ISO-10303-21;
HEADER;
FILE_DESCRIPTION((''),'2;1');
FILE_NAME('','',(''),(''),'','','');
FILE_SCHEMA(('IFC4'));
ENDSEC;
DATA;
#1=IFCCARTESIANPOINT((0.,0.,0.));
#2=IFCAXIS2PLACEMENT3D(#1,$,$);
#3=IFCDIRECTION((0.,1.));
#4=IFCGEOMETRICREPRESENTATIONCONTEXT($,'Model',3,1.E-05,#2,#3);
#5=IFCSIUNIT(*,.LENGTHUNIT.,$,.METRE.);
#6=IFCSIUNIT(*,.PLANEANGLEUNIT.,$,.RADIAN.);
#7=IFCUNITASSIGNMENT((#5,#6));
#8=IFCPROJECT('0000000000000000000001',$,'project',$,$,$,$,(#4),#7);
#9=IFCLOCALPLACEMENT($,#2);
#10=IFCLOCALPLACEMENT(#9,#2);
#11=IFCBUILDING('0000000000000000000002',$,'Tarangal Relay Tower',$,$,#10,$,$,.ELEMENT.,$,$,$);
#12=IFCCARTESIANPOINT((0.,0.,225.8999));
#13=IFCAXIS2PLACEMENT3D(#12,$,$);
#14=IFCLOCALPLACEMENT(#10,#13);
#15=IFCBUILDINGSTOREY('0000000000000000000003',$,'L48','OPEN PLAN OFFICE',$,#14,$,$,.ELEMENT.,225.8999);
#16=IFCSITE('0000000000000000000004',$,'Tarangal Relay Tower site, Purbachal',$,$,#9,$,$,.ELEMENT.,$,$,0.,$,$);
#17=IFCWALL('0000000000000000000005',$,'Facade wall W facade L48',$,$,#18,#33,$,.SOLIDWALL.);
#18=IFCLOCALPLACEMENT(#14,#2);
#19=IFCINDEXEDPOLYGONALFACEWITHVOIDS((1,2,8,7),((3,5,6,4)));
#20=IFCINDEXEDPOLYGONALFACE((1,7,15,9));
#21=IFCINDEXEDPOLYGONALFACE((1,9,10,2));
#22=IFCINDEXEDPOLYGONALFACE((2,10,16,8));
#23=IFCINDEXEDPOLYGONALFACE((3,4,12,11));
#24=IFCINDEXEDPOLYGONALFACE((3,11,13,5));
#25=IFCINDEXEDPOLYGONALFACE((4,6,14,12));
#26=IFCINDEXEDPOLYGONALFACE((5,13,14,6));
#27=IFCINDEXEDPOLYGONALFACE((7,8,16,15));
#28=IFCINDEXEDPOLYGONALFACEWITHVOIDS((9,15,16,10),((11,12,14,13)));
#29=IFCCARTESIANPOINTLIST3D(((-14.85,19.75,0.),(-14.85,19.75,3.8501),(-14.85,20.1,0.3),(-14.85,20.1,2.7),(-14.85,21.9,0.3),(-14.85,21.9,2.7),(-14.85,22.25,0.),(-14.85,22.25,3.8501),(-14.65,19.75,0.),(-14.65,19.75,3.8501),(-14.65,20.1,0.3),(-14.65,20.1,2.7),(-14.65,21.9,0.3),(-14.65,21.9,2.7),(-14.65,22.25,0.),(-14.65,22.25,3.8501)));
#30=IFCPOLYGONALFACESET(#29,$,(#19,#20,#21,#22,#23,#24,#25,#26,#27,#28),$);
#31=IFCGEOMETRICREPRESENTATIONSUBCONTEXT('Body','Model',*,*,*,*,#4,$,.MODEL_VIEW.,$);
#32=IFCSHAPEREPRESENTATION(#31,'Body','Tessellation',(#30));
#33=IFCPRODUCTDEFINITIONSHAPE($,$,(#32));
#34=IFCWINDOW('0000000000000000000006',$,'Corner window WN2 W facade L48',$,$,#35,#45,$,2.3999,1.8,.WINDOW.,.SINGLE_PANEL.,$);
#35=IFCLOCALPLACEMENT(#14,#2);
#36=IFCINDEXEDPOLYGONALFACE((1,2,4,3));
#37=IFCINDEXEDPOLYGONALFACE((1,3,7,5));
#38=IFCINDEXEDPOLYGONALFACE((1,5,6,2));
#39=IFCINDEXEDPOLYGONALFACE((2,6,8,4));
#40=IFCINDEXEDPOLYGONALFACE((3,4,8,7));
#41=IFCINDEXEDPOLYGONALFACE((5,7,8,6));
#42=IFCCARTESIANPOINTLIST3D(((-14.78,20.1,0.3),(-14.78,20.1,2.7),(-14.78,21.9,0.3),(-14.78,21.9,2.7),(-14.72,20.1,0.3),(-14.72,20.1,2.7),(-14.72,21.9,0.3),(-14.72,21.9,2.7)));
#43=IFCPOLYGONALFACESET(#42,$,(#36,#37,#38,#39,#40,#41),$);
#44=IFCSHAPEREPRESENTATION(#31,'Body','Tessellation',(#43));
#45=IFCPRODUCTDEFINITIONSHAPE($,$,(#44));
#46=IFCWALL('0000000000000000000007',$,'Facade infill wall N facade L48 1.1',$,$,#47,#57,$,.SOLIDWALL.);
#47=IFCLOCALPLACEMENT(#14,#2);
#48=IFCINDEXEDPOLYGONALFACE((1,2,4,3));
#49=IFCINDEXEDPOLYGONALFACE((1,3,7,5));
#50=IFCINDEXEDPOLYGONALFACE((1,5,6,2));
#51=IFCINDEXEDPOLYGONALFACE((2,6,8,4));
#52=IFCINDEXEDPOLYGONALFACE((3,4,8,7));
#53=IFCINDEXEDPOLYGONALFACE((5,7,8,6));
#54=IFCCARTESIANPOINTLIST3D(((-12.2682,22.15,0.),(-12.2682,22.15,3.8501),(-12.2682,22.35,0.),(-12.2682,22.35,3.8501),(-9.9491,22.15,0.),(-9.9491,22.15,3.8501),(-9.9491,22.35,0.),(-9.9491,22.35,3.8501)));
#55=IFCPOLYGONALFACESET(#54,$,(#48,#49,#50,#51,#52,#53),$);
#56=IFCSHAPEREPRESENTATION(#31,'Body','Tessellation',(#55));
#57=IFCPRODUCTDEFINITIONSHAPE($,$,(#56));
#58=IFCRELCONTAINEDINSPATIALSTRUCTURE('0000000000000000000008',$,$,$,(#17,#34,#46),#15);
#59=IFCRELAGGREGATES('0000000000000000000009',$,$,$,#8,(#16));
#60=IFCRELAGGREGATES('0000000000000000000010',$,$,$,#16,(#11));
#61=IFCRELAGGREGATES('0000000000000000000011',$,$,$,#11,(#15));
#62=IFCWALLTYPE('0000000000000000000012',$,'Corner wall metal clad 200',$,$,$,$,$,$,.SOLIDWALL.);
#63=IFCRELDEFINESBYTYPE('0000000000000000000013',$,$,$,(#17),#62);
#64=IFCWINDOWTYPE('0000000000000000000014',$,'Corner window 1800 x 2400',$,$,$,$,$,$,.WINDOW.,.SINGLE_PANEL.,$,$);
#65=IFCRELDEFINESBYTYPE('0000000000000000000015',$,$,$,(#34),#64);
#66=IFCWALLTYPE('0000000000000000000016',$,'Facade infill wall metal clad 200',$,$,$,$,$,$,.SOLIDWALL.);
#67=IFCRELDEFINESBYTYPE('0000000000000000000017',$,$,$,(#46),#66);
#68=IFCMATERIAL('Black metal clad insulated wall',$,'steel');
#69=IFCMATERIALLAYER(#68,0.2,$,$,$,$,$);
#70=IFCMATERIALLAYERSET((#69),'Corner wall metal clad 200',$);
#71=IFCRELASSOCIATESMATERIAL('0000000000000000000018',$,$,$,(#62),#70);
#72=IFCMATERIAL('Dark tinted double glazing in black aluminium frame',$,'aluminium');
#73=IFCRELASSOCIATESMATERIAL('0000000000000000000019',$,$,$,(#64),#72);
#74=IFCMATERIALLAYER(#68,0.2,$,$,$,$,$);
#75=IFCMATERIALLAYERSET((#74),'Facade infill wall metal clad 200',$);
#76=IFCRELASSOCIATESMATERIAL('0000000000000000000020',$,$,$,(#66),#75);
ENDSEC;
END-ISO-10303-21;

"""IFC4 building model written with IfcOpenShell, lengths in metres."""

from ifc_helpers import new_model, si_unit, direction, frame, frame_2d, origin, place, context, subcontext, project, spatial, rectangle, extrude, material, layer, layer_set, type_object, element, fill, save


model = new_model("IFC4")

# Units and contexts
model_context = context("Model", 3, precision=1e-05, world=origin(), true_north=direction((0.0, 1.0)))
body_context = subcontext(model_context, "Body", "Model", "MODEL_VIEW")
ifc_project = project(units=[si_unit("LENGTHUNIT", "METRE"), si_unit("PLANEANGLEUNIT", "RADIAN")], contexts=[model_context])

# Site, building, storey
site_placement = place(None, origin())
site = spatial("IfcSite", under=ifc_project, at=site_placement, Name="Tarangal Relay Tower site, Purbachal", CompositionType="ELEMENT", RefElevation=0.0)
building_placement = place(site_placement, origin())
building = spatial("IfcBuilding", under=site, at=building_placement, Name="Tarangal Relay Tower", CompositionType="ELEMENT")
storey_placement = place(building_placement, frame((0.0, 0.0, 225.8999)))
storey = spatial("IfcBuildingStorey", under=building, at=storey_placement, Name="L48", Description="OPEN PLAN OFFICE", CompositionType="ELEMENT", Elevation=225.8999)

# Shared definitions
ifc_material_1 = material(Name="Black metal clad insulated wall", Category="steel")
ifc_layer_1 = layer(ifc_material_1, 0.2)
ifc_layer_set_1 = layer_set([ifc_layer_1], Name="Corner wall metal clad 200")
wall_type_1 = type_object("IfcWallType", Name="Corner wall metal clad 200", PredefinedType="SOLIDWALL", material=ifc_layer_set_1)

# Shared definitions
ifc_material_2 = material(Name="Dark tinted double glazing in black aluminium frame", Category="aluminium")
window_type = type_object("IfcWindowType", Name="Corner window 1800 x 2400", PartitioningType="SINGLE_PANEL", PredefinedType="WINDOW", material=ifc_material_2)

# Wall, opening, window
wall_1_placement = place(storey_placement, frame((-14.75, 19.75, 0.0), z_axis=(0.0, 0.0, 1.0), x_axis=(0.0, 1.0, 0.0)))
wall_1 = element("IfcWall", 1, at=wall_1_placement, inside=storey, type_object=wall_type_1, Name="Facade wall W facade L48", PredefinedType="SOLIDWALL", context=body_context, shape_type="SweptSolid", body=[
    extrude(rectangle(XDim=2.5, YDim=0.2, at=frame_2d((1.25, 0.0))), origin(), (0.0, 0.0, 1.0), 3.8501),
])
opening_1_placement = place(wall_1_placement, frame((0.3501, 0.0, 0.3)))
opening_1 = element("IfcOpeningElement", 2, at=opening_1_placement, cuts=wall_1, PredefinedType="OPENING", context=body_context, shape_type="SweptSolid", body=[
    extrude(rectangle(XDim=1.8, YDim=2.3999, at=frame_2d((0.8999, 1.2))), frame((0.0, 0.1099, 0.0), z_axis=(0.0, -1.0, 0.0), x_axis=(1.0, 0.0, 0.0)), (0.0, 0.0, 1.0), 0.22),
])
window_1_placement = place(opening_1_placement, origin())
window_1 = element("IfcWindow", 3, at=window_1_placement, inside=storey, type_object=window_type, Name="Corner window WN2 W facade L48", OverallHeight=2.3999, OverallWidth=1.8, PartitioningType="SINGLE_PANEL", PredefinedType="WINDOW", context=body_context, shape_type="SweptSolid", body=[
    extrude(rectangle(XDim=1.8, YDim=2.3999, at=frame_2d((0.8999, 1.2))), frame((0.0, 0.03, 0.0), z_axis=(0.0, -1.0, 0.0), x_axis=(1.0, 0.0, 0.0)), (0.0, 0.0, 1.0), 0.0601),
])
fill(opening_1, window_1)

# Wall
ifc_layer_2 = layer(ifc_material_1, 0.2)
ifc_layer_set_2 = layer_set([ifc_layer_2], Name="Facade infill wall metal clad 200")
wall_type_2 = type_object("IfcWallType", Name="Facade infill wall metal clad 200", PredefinedType="SOLIDWALL", material=ifc_layer_set_2)
wall_2_placement = place(storey_placement, frame((-12.2683, 22.25, 0.0), z_axis=(0.0, 0.0, 1.0), x_axis=(1.0, 0.0, 0.0)))
element("IfcWall", 4, at=wall_2_placement, inside=storey, type_object=wall_type_2, Name="Facade infill wall N facade L48 1.1", PredefinedType="SOLIDWALL", context=body_context, shape_type="SweptSolid", body=[
    extrude(rectangle(XDim=2.3191, YDim=0.2, at=frame_2d((1.1597, 0.0))), origin(), (0.0, 0.0, 1.0), 3.8501),
])

save(model, "model.ifc")
